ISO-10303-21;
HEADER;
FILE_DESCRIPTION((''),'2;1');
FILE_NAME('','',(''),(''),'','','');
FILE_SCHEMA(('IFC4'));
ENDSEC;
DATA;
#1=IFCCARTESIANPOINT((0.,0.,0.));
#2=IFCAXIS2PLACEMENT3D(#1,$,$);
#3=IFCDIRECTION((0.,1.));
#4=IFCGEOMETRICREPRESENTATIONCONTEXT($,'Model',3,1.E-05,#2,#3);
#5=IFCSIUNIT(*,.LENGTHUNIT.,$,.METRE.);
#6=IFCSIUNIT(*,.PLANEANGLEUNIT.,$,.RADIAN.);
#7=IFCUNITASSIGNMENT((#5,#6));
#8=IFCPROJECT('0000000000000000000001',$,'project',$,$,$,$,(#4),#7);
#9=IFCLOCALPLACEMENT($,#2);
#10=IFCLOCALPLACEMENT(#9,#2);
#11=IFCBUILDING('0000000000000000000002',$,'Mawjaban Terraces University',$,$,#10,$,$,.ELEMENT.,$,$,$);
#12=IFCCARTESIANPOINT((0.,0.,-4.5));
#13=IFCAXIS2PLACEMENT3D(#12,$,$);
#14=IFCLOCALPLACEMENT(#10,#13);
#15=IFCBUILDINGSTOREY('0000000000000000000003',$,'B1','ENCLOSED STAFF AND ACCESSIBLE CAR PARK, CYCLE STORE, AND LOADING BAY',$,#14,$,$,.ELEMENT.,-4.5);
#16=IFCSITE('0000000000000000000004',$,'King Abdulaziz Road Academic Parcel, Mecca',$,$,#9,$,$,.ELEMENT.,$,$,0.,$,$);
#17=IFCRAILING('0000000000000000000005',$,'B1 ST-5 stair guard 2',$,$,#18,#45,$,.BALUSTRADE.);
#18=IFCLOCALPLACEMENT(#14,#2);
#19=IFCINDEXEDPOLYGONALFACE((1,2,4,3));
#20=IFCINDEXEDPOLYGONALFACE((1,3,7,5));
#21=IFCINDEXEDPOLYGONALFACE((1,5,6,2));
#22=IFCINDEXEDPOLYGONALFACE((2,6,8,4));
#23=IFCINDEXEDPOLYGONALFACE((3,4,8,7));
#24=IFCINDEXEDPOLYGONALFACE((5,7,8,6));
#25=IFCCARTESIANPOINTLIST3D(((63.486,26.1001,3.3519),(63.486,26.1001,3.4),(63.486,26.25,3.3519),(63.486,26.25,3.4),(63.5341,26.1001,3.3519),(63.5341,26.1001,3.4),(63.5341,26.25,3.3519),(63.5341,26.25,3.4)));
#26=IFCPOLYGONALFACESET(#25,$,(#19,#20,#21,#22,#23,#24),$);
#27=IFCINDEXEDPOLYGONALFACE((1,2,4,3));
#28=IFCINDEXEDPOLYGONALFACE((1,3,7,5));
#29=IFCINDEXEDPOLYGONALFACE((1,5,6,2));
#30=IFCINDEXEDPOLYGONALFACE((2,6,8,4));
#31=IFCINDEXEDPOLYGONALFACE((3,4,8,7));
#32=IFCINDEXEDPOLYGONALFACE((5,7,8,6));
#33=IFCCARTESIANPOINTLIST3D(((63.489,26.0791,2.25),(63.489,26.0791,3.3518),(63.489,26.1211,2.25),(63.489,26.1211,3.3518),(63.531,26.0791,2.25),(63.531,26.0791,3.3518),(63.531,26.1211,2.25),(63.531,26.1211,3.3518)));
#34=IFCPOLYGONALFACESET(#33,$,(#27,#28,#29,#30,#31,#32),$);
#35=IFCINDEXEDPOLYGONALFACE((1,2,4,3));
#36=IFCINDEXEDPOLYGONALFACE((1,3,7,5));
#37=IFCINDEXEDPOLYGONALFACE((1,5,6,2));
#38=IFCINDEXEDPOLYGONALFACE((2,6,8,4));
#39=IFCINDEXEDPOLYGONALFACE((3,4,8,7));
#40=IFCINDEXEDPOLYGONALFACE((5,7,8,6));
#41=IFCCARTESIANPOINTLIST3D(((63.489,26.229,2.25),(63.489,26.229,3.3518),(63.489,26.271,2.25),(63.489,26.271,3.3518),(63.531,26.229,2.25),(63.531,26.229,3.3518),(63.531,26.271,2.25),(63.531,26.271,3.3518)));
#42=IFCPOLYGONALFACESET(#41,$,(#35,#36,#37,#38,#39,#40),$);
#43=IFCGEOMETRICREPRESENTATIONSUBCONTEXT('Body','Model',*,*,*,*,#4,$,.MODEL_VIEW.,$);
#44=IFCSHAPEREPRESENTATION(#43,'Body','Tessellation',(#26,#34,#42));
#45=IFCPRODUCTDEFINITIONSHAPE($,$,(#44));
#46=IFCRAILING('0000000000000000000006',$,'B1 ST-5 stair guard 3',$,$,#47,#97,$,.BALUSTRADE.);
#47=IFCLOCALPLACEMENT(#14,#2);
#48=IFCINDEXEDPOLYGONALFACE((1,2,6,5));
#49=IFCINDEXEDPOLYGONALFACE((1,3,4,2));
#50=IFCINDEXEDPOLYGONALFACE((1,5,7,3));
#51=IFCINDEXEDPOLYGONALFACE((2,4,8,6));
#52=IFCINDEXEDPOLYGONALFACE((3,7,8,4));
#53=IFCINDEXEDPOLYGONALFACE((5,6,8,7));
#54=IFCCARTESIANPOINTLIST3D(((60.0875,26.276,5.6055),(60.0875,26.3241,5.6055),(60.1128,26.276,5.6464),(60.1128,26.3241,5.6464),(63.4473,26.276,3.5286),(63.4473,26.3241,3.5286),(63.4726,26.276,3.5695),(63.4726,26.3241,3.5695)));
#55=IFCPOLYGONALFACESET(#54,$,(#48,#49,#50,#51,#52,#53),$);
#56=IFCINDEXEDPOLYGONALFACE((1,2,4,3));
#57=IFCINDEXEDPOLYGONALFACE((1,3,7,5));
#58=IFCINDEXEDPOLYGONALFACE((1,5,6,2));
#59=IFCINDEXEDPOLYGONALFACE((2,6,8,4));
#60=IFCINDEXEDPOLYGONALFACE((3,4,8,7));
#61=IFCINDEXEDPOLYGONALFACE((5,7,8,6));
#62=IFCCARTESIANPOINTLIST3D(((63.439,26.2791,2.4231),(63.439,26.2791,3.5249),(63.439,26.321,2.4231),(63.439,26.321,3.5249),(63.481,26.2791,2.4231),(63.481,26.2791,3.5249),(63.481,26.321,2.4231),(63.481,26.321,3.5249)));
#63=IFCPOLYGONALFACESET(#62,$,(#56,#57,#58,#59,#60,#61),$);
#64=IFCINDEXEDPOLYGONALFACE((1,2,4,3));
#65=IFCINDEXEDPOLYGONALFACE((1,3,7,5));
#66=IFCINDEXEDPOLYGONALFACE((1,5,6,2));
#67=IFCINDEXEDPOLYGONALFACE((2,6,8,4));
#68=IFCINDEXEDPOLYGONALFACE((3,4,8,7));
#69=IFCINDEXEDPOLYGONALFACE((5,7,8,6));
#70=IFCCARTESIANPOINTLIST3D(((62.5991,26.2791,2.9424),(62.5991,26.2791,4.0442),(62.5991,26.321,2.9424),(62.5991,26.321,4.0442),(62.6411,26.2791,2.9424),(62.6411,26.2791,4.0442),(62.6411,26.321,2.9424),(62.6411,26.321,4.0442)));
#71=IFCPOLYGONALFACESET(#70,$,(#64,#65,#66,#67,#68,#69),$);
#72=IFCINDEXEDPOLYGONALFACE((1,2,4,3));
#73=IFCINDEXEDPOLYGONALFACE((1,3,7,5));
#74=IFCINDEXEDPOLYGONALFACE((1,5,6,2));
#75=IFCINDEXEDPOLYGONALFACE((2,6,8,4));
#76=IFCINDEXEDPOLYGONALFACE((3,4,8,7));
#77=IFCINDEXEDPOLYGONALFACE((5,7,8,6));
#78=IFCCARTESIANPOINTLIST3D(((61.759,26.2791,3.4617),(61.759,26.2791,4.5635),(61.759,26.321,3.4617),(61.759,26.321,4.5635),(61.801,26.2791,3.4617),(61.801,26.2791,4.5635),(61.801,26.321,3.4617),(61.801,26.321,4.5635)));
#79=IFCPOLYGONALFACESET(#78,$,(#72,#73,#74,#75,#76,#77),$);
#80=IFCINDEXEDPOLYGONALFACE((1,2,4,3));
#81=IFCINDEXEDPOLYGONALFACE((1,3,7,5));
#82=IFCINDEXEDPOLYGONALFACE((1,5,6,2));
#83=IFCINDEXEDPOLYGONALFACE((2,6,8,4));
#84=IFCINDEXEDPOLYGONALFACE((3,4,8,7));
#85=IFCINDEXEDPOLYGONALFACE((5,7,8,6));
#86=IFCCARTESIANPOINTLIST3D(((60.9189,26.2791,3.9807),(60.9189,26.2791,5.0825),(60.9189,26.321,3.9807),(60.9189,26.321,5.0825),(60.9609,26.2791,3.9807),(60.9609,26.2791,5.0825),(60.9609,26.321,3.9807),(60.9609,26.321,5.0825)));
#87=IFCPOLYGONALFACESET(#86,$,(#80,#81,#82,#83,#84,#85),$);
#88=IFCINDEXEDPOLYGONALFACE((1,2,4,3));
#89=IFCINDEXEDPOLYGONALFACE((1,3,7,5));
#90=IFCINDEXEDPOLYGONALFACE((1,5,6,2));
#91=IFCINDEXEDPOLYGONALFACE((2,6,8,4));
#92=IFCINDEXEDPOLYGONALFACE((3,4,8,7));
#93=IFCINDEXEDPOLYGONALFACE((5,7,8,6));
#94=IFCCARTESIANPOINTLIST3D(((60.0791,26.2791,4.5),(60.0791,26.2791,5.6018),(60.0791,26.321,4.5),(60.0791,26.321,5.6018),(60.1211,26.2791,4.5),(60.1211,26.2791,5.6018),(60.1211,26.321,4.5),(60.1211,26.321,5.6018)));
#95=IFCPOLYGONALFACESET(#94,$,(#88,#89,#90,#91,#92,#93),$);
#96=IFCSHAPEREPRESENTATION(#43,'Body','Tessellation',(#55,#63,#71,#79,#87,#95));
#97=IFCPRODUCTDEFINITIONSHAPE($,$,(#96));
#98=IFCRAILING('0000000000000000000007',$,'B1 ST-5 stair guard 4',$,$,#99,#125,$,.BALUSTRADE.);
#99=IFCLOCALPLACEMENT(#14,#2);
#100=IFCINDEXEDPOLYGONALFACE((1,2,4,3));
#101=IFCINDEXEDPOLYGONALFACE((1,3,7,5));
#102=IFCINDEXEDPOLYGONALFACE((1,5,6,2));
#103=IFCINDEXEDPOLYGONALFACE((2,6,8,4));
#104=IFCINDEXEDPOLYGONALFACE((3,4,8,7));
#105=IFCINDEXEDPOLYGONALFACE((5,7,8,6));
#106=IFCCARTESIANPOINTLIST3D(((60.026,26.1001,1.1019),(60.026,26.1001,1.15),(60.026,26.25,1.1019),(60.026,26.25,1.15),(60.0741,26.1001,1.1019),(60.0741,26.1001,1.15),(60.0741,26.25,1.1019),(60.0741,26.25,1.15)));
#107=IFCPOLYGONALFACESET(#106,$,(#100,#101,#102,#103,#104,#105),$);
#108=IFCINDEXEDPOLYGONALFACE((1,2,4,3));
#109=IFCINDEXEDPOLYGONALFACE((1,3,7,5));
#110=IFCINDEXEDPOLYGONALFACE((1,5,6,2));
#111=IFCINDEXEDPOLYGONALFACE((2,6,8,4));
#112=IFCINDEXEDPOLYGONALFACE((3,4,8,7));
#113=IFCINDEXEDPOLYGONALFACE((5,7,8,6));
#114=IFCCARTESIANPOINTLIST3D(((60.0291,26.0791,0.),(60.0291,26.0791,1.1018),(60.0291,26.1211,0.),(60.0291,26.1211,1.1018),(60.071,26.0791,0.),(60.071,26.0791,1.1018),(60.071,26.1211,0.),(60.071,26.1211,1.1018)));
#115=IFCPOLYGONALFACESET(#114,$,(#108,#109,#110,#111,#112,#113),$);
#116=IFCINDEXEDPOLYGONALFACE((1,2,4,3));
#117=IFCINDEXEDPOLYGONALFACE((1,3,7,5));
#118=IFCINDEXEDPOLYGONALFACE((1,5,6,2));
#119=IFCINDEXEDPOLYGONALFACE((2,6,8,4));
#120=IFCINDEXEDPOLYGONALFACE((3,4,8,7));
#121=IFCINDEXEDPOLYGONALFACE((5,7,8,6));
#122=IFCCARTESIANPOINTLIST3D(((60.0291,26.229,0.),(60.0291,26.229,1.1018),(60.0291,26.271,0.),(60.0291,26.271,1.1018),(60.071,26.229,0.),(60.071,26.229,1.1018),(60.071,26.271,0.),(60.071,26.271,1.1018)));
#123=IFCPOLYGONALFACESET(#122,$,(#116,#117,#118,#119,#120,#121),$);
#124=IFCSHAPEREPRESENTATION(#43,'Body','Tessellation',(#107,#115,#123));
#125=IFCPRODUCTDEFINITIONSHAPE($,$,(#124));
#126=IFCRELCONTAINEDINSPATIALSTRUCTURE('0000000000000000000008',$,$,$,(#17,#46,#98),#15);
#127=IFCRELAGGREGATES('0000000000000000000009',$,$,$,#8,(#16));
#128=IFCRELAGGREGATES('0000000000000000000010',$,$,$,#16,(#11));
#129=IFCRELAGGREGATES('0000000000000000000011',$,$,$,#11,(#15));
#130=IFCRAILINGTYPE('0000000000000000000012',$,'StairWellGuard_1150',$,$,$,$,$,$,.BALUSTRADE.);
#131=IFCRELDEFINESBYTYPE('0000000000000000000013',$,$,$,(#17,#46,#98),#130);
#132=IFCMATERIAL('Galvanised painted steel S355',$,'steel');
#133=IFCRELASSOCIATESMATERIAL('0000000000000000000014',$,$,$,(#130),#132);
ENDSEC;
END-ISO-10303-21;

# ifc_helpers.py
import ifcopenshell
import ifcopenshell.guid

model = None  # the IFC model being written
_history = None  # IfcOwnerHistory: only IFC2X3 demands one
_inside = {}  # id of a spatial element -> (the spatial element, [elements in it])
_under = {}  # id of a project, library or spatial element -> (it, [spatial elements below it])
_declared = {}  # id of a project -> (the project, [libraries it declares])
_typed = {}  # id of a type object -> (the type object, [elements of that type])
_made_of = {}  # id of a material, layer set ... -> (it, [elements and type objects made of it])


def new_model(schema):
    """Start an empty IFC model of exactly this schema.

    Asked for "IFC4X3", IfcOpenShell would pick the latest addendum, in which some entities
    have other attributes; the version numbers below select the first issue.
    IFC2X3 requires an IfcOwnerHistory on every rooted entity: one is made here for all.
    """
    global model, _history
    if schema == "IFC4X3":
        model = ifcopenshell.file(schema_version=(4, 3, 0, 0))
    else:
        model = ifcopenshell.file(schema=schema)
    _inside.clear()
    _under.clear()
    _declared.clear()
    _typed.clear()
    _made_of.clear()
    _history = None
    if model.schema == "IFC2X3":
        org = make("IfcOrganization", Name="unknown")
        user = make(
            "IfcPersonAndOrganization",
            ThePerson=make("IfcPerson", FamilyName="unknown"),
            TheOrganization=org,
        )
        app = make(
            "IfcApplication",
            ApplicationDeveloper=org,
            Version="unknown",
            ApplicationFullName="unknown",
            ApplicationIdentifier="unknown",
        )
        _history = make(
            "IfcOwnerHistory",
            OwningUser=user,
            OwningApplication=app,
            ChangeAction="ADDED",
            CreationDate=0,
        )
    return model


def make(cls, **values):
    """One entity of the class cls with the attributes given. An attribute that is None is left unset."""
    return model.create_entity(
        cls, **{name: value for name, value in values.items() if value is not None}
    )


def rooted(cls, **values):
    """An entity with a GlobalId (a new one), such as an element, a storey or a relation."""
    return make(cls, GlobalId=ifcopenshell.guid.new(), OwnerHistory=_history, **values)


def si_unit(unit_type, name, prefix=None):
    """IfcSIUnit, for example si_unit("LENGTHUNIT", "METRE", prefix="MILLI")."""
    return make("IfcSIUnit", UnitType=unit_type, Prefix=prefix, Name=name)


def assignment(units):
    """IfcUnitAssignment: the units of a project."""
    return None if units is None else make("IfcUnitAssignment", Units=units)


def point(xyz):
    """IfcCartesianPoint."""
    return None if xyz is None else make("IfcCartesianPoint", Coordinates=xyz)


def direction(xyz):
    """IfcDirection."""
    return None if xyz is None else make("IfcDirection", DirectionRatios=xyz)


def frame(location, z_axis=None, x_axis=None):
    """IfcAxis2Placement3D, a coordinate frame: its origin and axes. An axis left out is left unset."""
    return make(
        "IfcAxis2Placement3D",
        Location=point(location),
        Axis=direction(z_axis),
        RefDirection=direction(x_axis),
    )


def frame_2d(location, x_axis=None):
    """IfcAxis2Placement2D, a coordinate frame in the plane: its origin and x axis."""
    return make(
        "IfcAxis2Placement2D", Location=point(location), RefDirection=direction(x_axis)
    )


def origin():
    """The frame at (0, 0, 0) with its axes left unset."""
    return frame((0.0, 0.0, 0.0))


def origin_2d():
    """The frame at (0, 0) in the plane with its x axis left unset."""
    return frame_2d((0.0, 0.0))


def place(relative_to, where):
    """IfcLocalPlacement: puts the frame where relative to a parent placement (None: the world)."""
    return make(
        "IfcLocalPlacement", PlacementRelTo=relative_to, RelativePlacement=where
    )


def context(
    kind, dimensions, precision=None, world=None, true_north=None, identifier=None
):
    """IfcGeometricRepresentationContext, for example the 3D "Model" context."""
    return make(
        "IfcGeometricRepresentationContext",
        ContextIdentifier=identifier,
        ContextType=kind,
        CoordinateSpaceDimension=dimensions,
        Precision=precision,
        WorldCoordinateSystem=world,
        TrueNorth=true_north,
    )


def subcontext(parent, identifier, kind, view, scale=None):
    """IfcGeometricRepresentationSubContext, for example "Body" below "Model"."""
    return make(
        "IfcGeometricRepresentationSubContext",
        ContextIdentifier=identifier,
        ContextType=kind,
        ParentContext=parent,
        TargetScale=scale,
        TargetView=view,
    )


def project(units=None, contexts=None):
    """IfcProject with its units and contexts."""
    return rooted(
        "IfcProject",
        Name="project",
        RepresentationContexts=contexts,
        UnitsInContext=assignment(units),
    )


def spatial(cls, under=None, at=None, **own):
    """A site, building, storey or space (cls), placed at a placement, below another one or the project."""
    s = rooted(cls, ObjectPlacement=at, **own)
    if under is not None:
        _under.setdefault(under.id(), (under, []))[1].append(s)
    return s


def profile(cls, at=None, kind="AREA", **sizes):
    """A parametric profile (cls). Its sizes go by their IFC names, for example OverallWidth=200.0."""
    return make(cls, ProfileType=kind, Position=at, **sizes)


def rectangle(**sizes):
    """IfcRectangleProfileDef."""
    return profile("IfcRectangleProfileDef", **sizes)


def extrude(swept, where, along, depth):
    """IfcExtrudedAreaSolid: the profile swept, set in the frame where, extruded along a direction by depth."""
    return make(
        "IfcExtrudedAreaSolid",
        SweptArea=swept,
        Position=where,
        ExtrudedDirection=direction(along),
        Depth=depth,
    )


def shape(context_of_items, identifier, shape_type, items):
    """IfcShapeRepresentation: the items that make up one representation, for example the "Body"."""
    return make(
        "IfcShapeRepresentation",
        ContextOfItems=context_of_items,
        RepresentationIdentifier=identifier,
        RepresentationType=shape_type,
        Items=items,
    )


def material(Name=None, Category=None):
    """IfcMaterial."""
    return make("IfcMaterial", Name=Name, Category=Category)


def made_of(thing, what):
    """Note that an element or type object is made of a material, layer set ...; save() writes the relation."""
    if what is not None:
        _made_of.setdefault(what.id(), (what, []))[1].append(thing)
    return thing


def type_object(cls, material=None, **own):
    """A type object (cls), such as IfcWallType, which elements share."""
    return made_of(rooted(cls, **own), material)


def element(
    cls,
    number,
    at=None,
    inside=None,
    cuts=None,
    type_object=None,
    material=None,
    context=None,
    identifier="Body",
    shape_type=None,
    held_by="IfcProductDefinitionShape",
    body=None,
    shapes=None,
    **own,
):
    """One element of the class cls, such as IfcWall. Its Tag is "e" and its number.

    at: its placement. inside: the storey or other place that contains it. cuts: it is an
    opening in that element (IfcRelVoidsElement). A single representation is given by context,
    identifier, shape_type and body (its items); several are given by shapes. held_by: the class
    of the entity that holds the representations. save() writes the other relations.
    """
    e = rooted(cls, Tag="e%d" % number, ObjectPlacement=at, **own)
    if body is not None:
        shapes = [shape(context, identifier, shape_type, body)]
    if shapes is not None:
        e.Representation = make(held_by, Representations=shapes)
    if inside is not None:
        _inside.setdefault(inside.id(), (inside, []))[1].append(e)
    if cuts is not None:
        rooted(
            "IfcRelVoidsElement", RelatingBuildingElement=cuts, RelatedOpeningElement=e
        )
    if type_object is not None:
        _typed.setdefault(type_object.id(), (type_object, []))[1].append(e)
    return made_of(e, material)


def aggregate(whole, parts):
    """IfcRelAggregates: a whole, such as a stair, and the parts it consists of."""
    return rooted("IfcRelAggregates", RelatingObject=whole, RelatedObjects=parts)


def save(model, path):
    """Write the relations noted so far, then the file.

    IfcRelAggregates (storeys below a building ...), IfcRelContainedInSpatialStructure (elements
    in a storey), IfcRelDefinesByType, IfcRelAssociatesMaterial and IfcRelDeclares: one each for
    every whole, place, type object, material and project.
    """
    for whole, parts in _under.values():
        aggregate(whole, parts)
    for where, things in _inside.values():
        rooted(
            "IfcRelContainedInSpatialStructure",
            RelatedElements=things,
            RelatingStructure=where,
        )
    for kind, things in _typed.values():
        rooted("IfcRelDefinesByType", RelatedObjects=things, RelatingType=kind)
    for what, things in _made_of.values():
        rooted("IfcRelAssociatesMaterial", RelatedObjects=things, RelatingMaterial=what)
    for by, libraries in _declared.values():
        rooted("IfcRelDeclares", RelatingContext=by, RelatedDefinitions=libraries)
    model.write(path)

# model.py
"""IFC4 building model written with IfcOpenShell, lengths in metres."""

from ifc_helpers import new_model, si_unit, direction, frame, origin, origin_2d, place, context, subcontext, project, spatial, rectangle, extrude, material, type_object, element, save


model = new_model("IFC4")

# Units and contexts
model_context = context("Model", 3, precision=1e-05, world=origin(), true_north=direction((0.0, 1.0)))
body_context = subcontext(model_context, "Body", "Model", "MODEL_VIEW")
ifc_project = project(units=[si_unit("LENGTHUNIT", "METRE"), si_unit("PLANEANGLEUNIT", "RADIAN")], contexts=[model_context])

# Site, building, storey
site_placement = place(None, origin())
site = spatial("IfcSite", under=ifc_project, at=site_placement, Name="King Abdulaziz Road Academic Parcel, Mecca", CompositionType="ELEMENT", RefElevation=0.0)
building_placement = place(site_placement, origin())
building = spatial("IfcBuilding", under=site, at=building_placement, Name="Mawjaban Terraces University", CompositionType="ELEMENT")
storey_placement = place(building_placement, frame((0.0, 0.0, -4.5)))
storey = spatial("IfcBuildingStorey", under=building, at=storey_placement, Name="B1", Description="ENCLOSED STAFF AND ACCESSIBLE CAR PARK, CYCLE STORE, AND LOADING BAY", CompositionType="ELEMENT", Elevation=-4.5)

# Railings
ifc_material_1 = material(Name="Galvanised painted steel S355", Category="steel")
railing_type_1 = type_object("IfcRailingType", Name="StairWellGuard_1150", PredefinedType="BALUSTRADE", material=ifc_material_1)
railing_1_placement = place(storey_placement, frame((63.51, 26.1001, 2.25)))
element("IfcRailing", 1, at=railing_1_placement, inside=storey, type_object=railing_type_1, Name="B1 ST-5 stair guard 2", PredefinedType="BALUSTRADE", context=body_context, shape_type="SweptSolid", body=[
    extrude(rectangle(XDim=0.0481, YDim=0.0481, at=origin_2d()), frame((0.0, 0.0, 1.126), z_axis=(0.0, 1.0, 0.0), x_axis=(-1.0, 0.0, 0.0)), (0.0, 0.0, 1.0), 0.1499),
    extrude(rectangle(XDim=0.042, YDim=0.042, at=origin_2d()), origin(), (0.0, 0.0, 1.0), 1.1018),
    extrude(rectangle(XDim=0.042, YDim=0.042, at=origin_2d()), frame((0.0, 0.1499, 0.0)), (0.0, 0.0, 1.0), 1.1018),
])
railing_2_placement = place(storey_placement, frame((63.46, 26.3, 2.4231)))
element("IfcRailing", 2, at=railing_2_placement, inside=storey, type_object=railing_type_1, Name="B1 ST-5 stair guard 3", PredefinedType="BALUSTRADE", context=body_context, shape_type="SweptSolid", body=[
    extrude(rectangle(XDim=0.0481, YDim=0.0481, at=origin_2d()), frame((0.0, 0.0, 1.126), z_axis=(-0.850606, 0.0, 0.525803), x_axis=(0.0, -1.0, 0.0)), (0.0, 0.0, 1.0), 3.95),
    extrude(rectangle(XDim=0.042, YDim=0.042, at=origin_2d()), origin(), (0.0, 0.0, 1.0), 1.1018),
    extrude(rectangle(XDim=0.042, YDim=0.042, at=origin_2d()), frame((-0.8398, 0.0, 0.5193)), (0.0, 0.0, 1.0), 1.1018),
    extrude(rectangle(XDim=0.042, YDim=0.042, at=origin_2d()), frame((-1.6799, 0.0, 1.0386)), (0.0, 0.0, 1.0), 1.1018),
    extrude(rectangle(XDim=0.042, YDim=0.042, at=origin_2d()), frame((-2.52, 0.0, 1.5576)), (0.0, 0.0, 1.0), 1.1018),
    extrude(rectangle(XDim=0.042, YDim=0.042, at=origin_2d()), frame((-3.3599, 0.0, 2.0769)), (0.0, 0.0, 1.0), 1.1018),
])
railing_3_placement = place(storey_placement, frame((60.05, 26.1001, 0.0)))
element("IfcRailing", 3, at=railing_3_placement, inside=storey, type_object=railing_type_1, Name="B1 ST-5 stair guard 4", PredefinedType="BALUSTRADE", context=body_context, shape_type="SweptSolid", body=[
    extrude(rectangle(XDim=0.0481, YDim=0.0481, at=origin_2d()), frame((0.0, 0.0, 1.126), z_axis=(0.0, 1.0, 0.0), x_axis=(-1.0, 0.0, 0.0)), (0.0, 0.0, 1.0), 0.1499),
    extrude(rectangle(XDim=0.042, YDim=0.042, at=origin_2d()), origin(), (0.0, 0.0, 1.0), 1.1018),
    extrude(rectangle(XDim=0.042, YDim=0.042, at=origin_2d()), frame((0.0, 0.1499, 0.0)), (0.0, 0.0, 1.0), 1.1018),
])

save(model, "model.ifc")
